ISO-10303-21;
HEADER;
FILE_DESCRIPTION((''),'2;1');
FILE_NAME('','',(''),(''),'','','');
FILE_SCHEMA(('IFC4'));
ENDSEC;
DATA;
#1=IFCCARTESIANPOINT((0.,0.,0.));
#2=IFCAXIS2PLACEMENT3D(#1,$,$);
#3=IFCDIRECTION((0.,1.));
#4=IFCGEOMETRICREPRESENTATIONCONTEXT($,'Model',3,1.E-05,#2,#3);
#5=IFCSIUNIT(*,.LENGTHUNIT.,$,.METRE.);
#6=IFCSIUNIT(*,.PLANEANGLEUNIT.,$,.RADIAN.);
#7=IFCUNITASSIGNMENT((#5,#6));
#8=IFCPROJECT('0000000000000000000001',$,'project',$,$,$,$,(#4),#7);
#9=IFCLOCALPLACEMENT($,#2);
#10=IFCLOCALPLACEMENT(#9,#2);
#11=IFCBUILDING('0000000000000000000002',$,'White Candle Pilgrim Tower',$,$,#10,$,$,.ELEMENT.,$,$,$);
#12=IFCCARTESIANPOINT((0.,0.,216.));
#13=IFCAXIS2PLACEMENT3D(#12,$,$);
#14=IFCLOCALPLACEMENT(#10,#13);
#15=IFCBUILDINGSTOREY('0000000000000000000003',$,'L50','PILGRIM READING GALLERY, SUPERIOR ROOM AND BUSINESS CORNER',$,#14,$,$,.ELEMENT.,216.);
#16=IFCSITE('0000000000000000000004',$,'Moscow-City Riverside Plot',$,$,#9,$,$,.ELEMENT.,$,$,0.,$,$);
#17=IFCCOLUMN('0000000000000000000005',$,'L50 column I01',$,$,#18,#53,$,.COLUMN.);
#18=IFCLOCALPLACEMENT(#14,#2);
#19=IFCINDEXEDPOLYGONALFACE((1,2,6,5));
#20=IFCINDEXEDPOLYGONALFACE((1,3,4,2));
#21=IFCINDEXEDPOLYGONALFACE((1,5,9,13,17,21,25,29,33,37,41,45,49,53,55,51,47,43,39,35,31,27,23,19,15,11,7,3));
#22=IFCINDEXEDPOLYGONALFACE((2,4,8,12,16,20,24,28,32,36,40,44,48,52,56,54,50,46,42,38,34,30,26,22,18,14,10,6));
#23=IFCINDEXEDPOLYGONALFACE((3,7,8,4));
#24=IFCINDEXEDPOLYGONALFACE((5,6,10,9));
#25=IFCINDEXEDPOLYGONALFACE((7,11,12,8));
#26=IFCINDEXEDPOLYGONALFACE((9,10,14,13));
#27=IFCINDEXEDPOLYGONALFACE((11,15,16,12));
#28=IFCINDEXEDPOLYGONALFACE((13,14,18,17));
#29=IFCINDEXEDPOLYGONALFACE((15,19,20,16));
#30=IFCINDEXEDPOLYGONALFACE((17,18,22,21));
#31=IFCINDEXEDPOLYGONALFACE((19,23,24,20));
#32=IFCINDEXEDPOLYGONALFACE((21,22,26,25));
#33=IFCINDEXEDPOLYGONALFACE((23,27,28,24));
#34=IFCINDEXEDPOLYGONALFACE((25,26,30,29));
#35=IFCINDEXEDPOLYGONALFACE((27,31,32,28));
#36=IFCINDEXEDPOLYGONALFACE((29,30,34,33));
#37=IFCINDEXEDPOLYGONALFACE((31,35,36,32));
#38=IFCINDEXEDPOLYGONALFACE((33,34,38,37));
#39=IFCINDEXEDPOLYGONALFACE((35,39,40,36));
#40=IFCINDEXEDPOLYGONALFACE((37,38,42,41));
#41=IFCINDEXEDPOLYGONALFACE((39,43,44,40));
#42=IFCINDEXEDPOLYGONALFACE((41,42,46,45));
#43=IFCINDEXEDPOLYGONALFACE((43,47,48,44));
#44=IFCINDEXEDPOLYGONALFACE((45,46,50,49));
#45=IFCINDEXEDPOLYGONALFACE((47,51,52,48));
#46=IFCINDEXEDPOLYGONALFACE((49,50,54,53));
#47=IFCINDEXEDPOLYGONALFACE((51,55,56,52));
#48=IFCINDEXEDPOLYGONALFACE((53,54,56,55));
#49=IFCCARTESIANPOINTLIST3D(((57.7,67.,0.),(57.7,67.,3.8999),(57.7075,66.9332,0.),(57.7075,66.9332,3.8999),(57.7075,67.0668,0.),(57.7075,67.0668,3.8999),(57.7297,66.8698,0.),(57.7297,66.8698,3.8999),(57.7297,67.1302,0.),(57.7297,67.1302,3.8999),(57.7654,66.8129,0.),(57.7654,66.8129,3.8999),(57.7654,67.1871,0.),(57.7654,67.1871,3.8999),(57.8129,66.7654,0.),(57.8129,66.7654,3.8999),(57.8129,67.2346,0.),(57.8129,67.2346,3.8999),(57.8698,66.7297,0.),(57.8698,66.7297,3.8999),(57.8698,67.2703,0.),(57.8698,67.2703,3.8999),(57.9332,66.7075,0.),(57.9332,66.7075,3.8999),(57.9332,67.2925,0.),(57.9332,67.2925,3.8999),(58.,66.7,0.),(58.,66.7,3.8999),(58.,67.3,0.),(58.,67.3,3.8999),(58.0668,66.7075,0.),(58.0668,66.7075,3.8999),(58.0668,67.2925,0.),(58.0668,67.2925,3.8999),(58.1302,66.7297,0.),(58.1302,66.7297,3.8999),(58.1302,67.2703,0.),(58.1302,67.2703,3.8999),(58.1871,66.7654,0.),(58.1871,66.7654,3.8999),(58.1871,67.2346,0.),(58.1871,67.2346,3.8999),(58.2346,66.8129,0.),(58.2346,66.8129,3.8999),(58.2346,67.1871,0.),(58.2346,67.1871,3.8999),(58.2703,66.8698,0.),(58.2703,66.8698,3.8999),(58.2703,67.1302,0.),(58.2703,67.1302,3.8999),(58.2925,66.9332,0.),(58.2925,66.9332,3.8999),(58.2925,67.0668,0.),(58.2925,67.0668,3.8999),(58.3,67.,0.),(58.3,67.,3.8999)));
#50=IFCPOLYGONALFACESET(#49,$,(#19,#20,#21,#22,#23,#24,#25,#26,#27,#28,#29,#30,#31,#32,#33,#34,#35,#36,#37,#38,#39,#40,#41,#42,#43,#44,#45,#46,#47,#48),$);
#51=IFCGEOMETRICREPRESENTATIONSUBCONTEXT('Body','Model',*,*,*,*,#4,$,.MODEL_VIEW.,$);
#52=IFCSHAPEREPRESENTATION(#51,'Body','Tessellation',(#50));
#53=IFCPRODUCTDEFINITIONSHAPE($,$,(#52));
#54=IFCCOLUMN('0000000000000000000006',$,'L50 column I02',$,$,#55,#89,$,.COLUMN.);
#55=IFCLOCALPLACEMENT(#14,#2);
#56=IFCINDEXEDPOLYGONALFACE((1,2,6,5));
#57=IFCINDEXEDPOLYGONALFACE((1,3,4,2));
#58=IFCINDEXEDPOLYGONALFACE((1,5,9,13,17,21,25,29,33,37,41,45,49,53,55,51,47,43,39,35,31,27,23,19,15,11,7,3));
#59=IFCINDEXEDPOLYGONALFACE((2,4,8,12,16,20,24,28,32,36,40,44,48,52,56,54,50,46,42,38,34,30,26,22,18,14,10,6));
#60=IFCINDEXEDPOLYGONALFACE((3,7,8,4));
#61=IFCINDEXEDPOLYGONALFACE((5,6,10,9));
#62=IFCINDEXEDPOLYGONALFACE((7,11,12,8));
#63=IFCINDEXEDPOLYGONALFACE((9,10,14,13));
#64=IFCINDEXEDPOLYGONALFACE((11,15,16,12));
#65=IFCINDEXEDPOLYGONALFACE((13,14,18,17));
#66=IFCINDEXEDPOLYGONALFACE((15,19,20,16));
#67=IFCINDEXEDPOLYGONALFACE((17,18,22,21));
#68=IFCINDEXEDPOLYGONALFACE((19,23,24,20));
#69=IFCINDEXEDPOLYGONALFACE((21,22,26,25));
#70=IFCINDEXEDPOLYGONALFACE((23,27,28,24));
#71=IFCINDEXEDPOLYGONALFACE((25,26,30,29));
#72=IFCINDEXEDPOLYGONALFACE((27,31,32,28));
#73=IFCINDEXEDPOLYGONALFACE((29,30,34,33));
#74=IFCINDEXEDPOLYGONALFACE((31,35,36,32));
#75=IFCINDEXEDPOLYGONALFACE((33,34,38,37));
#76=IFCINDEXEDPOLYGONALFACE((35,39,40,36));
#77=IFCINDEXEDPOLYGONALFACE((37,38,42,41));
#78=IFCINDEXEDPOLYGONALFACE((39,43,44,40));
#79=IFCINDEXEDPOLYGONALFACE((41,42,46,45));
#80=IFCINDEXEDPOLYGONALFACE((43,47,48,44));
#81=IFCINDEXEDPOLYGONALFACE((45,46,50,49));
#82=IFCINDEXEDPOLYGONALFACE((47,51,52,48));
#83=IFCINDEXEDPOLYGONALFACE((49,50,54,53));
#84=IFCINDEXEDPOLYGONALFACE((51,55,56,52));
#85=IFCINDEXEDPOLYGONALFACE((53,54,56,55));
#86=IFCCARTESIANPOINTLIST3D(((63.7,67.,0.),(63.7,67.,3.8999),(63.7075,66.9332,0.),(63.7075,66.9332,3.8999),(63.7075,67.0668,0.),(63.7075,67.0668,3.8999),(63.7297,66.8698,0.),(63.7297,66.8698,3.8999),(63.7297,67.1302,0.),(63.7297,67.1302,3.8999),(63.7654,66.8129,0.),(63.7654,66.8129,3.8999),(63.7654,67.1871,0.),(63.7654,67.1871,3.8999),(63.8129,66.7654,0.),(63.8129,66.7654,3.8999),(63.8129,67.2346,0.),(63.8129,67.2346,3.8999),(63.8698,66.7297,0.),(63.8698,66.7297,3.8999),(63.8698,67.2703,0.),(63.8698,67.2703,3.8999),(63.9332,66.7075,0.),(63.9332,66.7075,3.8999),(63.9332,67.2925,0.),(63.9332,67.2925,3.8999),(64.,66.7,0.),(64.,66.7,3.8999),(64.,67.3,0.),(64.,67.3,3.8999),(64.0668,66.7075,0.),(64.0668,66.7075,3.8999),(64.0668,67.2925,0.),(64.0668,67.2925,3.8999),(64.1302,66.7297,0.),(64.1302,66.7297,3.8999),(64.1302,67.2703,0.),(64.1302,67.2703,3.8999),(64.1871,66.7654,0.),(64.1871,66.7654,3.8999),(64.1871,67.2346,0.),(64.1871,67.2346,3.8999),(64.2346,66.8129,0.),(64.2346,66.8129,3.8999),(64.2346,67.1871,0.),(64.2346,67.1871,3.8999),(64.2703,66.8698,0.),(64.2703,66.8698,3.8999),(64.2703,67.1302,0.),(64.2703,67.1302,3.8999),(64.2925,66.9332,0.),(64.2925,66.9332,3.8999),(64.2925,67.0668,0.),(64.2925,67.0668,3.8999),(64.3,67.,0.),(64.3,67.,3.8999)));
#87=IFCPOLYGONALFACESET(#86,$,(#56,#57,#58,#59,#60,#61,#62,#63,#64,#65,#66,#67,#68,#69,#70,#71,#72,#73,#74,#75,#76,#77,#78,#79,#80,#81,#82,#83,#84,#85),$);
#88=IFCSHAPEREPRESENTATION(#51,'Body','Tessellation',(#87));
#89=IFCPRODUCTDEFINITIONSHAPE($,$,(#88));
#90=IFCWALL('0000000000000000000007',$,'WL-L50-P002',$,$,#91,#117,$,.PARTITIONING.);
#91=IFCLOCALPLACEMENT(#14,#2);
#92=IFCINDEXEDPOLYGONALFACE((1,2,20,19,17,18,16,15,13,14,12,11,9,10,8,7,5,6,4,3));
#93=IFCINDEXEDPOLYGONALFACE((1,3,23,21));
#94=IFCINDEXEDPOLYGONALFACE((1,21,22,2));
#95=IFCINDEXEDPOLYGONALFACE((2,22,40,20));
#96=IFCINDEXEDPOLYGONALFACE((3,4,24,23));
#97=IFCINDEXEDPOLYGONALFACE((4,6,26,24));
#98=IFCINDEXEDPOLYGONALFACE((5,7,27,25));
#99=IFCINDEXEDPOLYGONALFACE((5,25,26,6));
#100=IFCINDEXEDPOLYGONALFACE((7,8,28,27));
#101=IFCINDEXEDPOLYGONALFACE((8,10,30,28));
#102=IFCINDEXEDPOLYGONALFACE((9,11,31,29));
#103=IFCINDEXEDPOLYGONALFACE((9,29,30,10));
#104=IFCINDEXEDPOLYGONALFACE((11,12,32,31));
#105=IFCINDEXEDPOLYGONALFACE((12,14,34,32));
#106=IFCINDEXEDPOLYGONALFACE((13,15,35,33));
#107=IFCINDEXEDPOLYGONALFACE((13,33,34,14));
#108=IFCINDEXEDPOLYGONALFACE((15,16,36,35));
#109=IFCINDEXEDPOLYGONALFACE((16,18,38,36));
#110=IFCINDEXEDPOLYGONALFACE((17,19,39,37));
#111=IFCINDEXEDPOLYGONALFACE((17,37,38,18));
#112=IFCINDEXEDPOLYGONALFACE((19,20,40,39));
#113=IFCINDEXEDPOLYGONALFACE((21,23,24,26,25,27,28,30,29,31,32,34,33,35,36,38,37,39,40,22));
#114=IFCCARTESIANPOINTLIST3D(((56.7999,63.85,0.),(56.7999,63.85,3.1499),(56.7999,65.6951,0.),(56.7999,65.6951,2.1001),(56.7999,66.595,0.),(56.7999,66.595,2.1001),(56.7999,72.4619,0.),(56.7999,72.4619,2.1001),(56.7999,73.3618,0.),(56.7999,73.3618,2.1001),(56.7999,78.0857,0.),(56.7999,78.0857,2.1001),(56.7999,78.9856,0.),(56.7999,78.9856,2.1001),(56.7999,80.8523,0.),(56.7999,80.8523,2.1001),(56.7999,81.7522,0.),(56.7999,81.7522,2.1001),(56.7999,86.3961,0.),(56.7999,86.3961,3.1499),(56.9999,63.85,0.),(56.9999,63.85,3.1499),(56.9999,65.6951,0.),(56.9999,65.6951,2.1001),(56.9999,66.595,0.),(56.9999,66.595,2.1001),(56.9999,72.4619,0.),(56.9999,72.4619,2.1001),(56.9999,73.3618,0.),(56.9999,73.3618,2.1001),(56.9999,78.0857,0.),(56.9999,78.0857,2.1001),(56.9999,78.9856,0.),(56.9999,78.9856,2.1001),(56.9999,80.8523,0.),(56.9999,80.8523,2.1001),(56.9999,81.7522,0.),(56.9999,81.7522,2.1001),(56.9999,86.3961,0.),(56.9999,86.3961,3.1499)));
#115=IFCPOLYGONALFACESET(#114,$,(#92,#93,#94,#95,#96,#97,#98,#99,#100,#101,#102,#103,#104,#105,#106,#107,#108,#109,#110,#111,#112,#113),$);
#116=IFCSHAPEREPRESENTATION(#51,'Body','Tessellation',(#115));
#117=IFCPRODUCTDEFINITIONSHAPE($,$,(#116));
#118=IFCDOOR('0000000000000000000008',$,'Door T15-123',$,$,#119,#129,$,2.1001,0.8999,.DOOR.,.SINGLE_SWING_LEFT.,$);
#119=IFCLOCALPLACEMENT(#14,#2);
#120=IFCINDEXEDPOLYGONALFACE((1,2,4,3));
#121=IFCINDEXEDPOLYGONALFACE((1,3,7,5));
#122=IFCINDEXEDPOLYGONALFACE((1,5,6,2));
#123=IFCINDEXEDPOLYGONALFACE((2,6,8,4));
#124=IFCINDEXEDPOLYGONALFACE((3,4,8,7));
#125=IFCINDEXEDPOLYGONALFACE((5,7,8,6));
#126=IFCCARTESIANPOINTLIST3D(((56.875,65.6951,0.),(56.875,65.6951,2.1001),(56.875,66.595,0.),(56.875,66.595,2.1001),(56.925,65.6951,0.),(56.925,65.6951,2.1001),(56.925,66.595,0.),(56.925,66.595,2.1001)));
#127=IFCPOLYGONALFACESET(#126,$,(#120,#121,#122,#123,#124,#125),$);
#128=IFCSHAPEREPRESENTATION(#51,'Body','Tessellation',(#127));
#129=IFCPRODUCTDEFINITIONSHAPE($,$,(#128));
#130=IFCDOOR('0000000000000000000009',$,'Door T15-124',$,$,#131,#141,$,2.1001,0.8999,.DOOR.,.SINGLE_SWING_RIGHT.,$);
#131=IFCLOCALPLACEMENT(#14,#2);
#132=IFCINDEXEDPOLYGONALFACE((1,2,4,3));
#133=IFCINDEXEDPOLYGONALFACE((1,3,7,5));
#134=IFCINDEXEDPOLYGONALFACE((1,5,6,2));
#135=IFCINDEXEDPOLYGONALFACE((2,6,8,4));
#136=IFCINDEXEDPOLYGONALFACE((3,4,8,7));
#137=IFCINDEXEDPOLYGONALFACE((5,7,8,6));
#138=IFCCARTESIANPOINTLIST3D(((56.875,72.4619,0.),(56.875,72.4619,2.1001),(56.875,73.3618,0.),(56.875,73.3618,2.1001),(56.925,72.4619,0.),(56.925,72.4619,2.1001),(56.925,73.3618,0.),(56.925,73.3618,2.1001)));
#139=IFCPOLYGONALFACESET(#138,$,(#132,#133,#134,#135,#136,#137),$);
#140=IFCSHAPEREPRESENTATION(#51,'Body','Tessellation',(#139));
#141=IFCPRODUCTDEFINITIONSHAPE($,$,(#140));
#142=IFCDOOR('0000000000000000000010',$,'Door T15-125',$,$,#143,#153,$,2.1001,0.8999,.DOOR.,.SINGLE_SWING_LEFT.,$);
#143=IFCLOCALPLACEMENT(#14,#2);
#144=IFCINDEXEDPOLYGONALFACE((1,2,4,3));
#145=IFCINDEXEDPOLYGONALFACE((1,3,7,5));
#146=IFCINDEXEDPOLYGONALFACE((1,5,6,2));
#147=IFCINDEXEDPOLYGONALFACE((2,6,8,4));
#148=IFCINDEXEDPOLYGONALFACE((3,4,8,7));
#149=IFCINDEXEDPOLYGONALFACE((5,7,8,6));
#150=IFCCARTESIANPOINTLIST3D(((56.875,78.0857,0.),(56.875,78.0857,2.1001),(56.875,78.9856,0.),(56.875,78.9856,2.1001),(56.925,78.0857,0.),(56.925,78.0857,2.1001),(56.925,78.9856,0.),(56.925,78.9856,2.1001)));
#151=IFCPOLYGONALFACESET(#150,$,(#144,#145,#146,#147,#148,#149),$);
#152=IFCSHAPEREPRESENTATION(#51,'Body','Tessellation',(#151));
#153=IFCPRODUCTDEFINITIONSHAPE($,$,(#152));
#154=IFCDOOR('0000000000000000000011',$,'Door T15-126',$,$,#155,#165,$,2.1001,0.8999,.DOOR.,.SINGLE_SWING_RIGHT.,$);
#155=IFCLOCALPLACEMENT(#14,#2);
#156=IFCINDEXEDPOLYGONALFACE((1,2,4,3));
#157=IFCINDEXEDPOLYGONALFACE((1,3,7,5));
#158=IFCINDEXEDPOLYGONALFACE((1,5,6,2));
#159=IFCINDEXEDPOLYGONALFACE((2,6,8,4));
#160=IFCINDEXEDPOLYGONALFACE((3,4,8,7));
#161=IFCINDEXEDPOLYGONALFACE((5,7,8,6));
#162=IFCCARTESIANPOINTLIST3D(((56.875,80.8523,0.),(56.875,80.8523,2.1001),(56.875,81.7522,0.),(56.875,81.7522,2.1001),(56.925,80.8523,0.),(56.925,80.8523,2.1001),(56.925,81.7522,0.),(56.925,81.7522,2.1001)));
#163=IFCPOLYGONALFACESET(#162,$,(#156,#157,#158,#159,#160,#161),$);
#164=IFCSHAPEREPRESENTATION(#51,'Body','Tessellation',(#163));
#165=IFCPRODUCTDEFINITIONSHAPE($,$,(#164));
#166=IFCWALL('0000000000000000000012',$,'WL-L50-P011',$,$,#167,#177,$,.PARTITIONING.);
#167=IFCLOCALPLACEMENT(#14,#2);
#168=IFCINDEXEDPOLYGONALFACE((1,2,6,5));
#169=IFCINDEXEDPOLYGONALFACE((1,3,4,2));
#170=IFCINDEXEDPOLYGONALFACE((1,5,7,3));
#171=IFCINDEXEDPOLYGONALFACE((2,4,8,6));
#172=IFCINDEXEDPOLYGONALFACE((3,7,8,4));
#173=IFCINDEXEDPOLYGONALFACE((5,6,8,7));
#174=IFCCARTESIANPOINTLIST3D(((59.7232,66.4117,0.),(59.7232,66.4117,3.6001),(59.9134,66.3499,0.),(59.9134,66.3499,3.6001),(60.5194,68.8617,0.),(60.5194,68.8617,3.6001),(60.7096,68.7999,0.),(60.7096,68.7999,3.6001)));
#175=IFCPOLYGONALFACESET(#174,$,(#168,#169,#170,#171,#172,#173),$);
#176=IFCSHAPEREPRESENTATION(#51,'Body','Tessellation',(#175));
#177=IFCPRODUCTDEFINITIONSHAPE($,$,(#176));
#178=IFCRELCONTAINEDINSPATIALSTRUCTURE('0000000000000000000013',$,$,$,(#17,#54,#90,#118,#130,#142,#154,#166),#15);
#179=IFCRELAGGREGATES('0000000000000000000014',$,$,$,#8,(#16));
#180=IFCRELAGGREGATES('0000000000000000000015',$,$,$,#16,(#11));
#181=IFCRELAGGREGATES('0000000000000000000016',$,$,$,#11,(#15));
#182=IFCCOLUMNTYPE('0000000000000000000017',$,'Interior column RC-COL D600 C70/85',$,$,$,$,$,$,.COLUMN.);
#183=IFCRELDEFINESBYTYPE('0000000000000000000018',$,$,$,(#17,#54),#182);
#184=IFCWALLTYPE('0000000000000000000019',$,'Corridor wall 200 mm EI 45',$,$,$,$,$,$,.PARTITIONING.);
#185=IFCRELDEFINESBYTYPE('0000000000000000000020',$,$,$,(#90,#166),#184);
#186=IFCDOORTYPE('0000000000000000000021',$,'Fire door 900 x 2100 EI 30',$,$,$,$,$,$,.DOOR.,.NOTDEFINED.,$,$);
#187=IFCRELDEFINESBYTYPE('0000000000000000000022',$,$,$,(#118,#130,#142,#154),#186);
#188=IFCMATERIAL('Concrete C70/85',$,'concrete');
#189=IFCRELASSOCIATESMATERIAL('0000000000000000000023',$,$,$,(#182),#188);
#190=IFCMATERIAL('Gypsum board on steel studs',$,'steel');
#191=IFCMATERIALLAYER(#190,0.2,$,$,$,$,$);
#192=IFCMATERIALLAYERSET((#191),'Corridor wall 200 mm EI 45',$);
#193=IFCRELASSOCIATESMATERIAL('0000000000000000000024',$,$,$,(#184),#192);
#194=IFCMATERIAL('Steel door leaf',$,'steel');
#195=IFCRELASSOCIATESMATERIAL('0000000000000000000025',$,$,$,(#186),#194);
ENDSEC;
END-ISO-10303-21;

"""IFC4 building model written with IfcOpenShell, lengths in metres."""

from ifc_helpers import new_model, si_unit, direction, frame, frame_2d, origin, origin_2d, place, context, subcontext, project, spatial, rectangle, circle, extrude, material, layer, layer_set, material_profile, profile_set, type_object, element, fill, save


model = new_model("IFC4")

# Units and contexts
model_context = context("Model", 3, precision=1e-05, world=origin(), true_north=direction((0.0, 1.0)))
body_context = subcontext(model_context, "Body", "Model", "MODEL_VIEW")
ifc_project = project(units=[si_unit("LENGTHUNIT", "METRE"), si_unit("PLANEANGLEUNIT", "RADIAN")], contexts=[model_context])

# Site, building, storey
site_placement = place(None, origin())
site = spatial("IfcSite", under=ifc_project, at=site_placement, Name="Moscow-City Riverside Plot", CompositionType="ELEMENT", RefElevation=0.0)
building_placement = place(site_placement, origin())
building = spatial("IfcBuilding", under=site, at=building_placement, Name="White Candle Pilgrim Tower", CompositionType="ELEMENT")
storey_placement = place(building_placement, frame((0.0, 0.0, 216.0)))
storey = spatial("IfcBuildingStorey", under=building, at=storey_placement, Name="L50", Description="PILGRIM READING GALLERY, SUPERIOR ROOM AND BUSINESS CORNER", CompositionType="ELEMENT", Elevation=216.0)

# Columns
ifc_material_1 = material(Name="Concrete C70/85", Category="concrete")
ifc_material_profile = material_profile(ifc_material_1, circle(Radius=0.3, at=origin_2d()), Name="RC-COL D600")
ifc_profile_set = profile_set([ifc_material_profile], Name="Concrete C70/85")
column_type = type_object("IfcColumnType", Name="Interior column RC-COL D600 C70/85", PredefinedType="COLUMN", material=ifc_profile_set)
for number, where, z_axis, x_axis, name in (
    (1, (58.0, 67.0, 0.0), (0.0, 0.0, 1.0), (1.0, 0.0, 0.0), "L50 column I01"),
    (2, (64.0, 67.0, 0.0), (0.0, 0.0, 1.0), (1.0, 0.0, 0.0), "L50 column I02"),
):
    element("IfcColumn", number, at=place(storey_placement, frame(where, z_axis=z_axis, x_axis=x_axis)), inside=storey, type_object=column_type, Name=name, PredefinedType="COLUMN", context=body_context, shape_type="SweptSolid", body=[
        extrude(circle(Radius=0.3, at=origin_2d()), origin(), (0.0, 0.0, 1.0), 3.8999),
    ])

# Wall, openings, doors
ifc_material_2 = material(Name="Gypsum board on steel studs", Category="steel")
ifc_layer_1 = layer(ifc_material_2, 0.2)
ifc_layer_set_1 = layer_set([ifc_layer_1], Name="Corridor wall 200 mm EI 45")
wall_type_1 = type_object("IfcWallType", Name="Corridor wall 200 mm EI 45", PredefinedType="PARTITIONING", material=ifc_layer_set_1)
wall_1_placement = place(storey_placement, frame((56.8999, 63.8501, 0.0), z_axis=(0.0, 0.0, 1.0), x_axis=(0.0, 1.0, 0.0)))
wall_1 = element("IfcWall", 3, at=wall_1_placement, inside=storey, type_object=wall_type_1, Name="WL-L50-P002", PredefinedType="PARTITIONING", context=body_context, shape_type="SweptSolid", body=[
    extrude(rectangle(XDim=22.5461, YDim=0.2, at=frame_2d((11.2729, 0.0))), origin(), (0.0, 0.0, 1.0), 3.1499),
])
opening_1_placement = place(wall_1_placement, frame((1.845, 0.0, 0.0)))
opening_1 = element("IfcOpeningElement", 4, at=opening_1_placement, cuts=wall_1, PredefinedType="OPENING", context=body_context, shape_type="SweptSolid", body=[
    extrude(rectangle(XDim=0.8999, YDim=2.1001, at=frame_2d((0.45, 1.05))), frame((0.0, 0.1099, 0.0), z_axis=(0.0, -1.0, 0.0), x_axis=(1.0, 0.0, 0.0)), (0.0, 0.0, 1.0), 0.22),
])
opening_2_placement = place(wall_1_placement, frame((8.6118, 0.0, 0.0)))
opening_2 = element("IfcOpeningElement", 5, at=opening_2_placement, cuts=wall_1, PredefinedType="OPENING", context=body_context, shape_type="SweptSolid", body=[
    extrude(rectangle(XDim=0.8999, YDim=2.1001, at=frame_2d((0.45, 1.05))), frame((0.0, 0.1099, 0.0), z_axis=(0.0, -1.0, 0.0), x_axis=(1.0, 0.0, 0.0)), (0.0, 0.0, 1.0), 0.22),
])
opening_3_placement = place(wall_1_placement, frame((14.2356, 0.0, 0.0)))
opening_3 = element("IfcOpeningElement", 6, at=opening_3_placement, cuts=wall_1, PredefinedType="OPENING", context=body_context, shape_type="SweptSolid", body=[
    extrude(rectangle(XDim=0.8999, YDim=2.1001, at=frame_2d((0.45, 1.05))), frame((0.0, 0.1099, 0.0), z_axis=(0.0, -1.0, 0.0), x_axis=(1.0, 0.0, 0.0)), (0.0, 0.0, 1.0), 0.22),
])
opening_4_placement = place(wall_1_placement, frame((17.0022, 0.0, 0.0)))
opening_4 = element("IfcOpeningElement", 7, at=opening_4_placement, cuts=wall_1, PredefinedType="OPENING", context=body_context, shape_type="SweptSolid", body=[
    extrude(rectangle(XDim=0.8999, YDim=2.1001, at=frame_2d((0.45, 1.05))), frame((0.0, 0.1099, 0.0), z_axis=(0.0, -1.0, 0.0), x_axis=(1.0, 0.0, 0.0)), (0.0, 0.0, 1.0), 0.22),
])
ifc_material_3 = material(Name="Steel door leaf", Category="steel")
door_type_1 = type_object("IfcDoorType", Name="Fire door 900 x 2100 EI 30", OperationType="NOTDEFINED", PredefinedType="DOOR", material=ifc_material_3)
door_1_placement = place(opening_1_placement, origin())
door_1 = element("IfcDoor", 8, at=door_1_placement, inside=storey, type_object=door_type_1, Name="Door T15-123", OperationType="SINGLE_SWING_LEFT", OverallHeight=2.1001, OverallWidth=0.8999, PredefinedType="DOOR", context=body_context, shape_type="SweptSolid", body=[
    extrude(rectangle(XDim=0.8999, YDim=2.1001, at=frame_2d((0.45, 1.05))), frame((0.0, 0.0249, 0.0), z_axis=(0.0, -1.0, 0.0), x_axis=(1.0, 0.0, 0.0)), (0.0, 0.0, 1.0), 0.05),
])
fill(opening_1, door_1)
door_2_placement = place(opening_2_placement, origin())
door_2 = element("IfcDoor", 9, at=door_2_placement, inside=storey, type_object=door_type_1, Name="Door T15-124", OperationType="SINGLE_SWING_RIGHT", OverallHeight=2.1001, OverallWidth=0.8999, PredefinedType="DOOR", context=body_context, shape_type="SweptSolid", body=[
    extrude(rectangle(XDim=0.8999, YDim=2.1001, at=frame_2d((0.45, 1.05))), frame((0.0, 0.0249, 0.0), z_axis=(0.0, -1.0, 0.0), x_axis=(1.0, 0.0, 0.0)), (0.0, 0.0, 1.0), 0.05),
])
fill(opening_2, door_2)
door_3_placement = place(opening_3_placement, origin())
door_3 = element("IfcDoor", 10, at=door_3_placement, inside=storey, type_object=door_type_1, Name="Door T15-125", OperationType="SINGLE_SWING_LEFT", OverallHeight=2.1001, OverallWidth=0.8999, PredefinedType="DOOR", context=body_context, shape_type="SweptSolid", body=[
    extrude(rectangle(XDim=0.8999, YDim=2.1001, at=frame_2d((0.45, 1.05))), frame((0.0, 0.0249, 0.0), z_axis=(0.0, -1.0, 0.0), x_axis=(1.0, 0.0, 0.0)), (0.0, 0.0, 1.0), 0.05),
])
fill(opening_3, door_3)
door_4_placement = place(opening_4_placement, origin())
door_4 = element("IfcDoor", 11, at=door_4_placement, inside=storey, type_object=door_type_1, Name="Door T15-126", OperationType="SINGLE_SWING_RIGHT", OverallHeight=2.1001, OverallWidth=0.8999, PredefinedType="DOOR", context=body_context, shape_type="SweptSolid", body=[
    extrude(rectangle(XDim=0.8999, YDim=2.1001, at=frame_2d((0.45, 1.05))), frame((0.0, 0.0249, 0.0), z_axis=(0.0, -1.0, 0.0), x_axis=(1.0, 0.0, 0.0)), (0.0, 0.0, 1.0), 0.05),
])
fill(opening_4, door_4)

# Wall
wall_2_placement = place(storey_placement, frame((60.6145, 68.8308, 0.0), z_axis=(0.0, 0.0, 1.0), x_axis=(-0.309054, -0.951045, 0.0)))
element("IfcWall", 12, at=wall_2_placement, inside=storey, type_object=wall_type_1, Name="WL-L50-P011", PredefinedType="PARTITIONING", context=body_context, shape_type="SweptSolid", body=[
    extrude(rectangle(XDim=2.5762, YDim=0.2, at=frame_2d((1.2881, 0.0))), origin(), (0.0, 0.0, 1.0), 3.6001),
])

save(model, "model.ifc")
